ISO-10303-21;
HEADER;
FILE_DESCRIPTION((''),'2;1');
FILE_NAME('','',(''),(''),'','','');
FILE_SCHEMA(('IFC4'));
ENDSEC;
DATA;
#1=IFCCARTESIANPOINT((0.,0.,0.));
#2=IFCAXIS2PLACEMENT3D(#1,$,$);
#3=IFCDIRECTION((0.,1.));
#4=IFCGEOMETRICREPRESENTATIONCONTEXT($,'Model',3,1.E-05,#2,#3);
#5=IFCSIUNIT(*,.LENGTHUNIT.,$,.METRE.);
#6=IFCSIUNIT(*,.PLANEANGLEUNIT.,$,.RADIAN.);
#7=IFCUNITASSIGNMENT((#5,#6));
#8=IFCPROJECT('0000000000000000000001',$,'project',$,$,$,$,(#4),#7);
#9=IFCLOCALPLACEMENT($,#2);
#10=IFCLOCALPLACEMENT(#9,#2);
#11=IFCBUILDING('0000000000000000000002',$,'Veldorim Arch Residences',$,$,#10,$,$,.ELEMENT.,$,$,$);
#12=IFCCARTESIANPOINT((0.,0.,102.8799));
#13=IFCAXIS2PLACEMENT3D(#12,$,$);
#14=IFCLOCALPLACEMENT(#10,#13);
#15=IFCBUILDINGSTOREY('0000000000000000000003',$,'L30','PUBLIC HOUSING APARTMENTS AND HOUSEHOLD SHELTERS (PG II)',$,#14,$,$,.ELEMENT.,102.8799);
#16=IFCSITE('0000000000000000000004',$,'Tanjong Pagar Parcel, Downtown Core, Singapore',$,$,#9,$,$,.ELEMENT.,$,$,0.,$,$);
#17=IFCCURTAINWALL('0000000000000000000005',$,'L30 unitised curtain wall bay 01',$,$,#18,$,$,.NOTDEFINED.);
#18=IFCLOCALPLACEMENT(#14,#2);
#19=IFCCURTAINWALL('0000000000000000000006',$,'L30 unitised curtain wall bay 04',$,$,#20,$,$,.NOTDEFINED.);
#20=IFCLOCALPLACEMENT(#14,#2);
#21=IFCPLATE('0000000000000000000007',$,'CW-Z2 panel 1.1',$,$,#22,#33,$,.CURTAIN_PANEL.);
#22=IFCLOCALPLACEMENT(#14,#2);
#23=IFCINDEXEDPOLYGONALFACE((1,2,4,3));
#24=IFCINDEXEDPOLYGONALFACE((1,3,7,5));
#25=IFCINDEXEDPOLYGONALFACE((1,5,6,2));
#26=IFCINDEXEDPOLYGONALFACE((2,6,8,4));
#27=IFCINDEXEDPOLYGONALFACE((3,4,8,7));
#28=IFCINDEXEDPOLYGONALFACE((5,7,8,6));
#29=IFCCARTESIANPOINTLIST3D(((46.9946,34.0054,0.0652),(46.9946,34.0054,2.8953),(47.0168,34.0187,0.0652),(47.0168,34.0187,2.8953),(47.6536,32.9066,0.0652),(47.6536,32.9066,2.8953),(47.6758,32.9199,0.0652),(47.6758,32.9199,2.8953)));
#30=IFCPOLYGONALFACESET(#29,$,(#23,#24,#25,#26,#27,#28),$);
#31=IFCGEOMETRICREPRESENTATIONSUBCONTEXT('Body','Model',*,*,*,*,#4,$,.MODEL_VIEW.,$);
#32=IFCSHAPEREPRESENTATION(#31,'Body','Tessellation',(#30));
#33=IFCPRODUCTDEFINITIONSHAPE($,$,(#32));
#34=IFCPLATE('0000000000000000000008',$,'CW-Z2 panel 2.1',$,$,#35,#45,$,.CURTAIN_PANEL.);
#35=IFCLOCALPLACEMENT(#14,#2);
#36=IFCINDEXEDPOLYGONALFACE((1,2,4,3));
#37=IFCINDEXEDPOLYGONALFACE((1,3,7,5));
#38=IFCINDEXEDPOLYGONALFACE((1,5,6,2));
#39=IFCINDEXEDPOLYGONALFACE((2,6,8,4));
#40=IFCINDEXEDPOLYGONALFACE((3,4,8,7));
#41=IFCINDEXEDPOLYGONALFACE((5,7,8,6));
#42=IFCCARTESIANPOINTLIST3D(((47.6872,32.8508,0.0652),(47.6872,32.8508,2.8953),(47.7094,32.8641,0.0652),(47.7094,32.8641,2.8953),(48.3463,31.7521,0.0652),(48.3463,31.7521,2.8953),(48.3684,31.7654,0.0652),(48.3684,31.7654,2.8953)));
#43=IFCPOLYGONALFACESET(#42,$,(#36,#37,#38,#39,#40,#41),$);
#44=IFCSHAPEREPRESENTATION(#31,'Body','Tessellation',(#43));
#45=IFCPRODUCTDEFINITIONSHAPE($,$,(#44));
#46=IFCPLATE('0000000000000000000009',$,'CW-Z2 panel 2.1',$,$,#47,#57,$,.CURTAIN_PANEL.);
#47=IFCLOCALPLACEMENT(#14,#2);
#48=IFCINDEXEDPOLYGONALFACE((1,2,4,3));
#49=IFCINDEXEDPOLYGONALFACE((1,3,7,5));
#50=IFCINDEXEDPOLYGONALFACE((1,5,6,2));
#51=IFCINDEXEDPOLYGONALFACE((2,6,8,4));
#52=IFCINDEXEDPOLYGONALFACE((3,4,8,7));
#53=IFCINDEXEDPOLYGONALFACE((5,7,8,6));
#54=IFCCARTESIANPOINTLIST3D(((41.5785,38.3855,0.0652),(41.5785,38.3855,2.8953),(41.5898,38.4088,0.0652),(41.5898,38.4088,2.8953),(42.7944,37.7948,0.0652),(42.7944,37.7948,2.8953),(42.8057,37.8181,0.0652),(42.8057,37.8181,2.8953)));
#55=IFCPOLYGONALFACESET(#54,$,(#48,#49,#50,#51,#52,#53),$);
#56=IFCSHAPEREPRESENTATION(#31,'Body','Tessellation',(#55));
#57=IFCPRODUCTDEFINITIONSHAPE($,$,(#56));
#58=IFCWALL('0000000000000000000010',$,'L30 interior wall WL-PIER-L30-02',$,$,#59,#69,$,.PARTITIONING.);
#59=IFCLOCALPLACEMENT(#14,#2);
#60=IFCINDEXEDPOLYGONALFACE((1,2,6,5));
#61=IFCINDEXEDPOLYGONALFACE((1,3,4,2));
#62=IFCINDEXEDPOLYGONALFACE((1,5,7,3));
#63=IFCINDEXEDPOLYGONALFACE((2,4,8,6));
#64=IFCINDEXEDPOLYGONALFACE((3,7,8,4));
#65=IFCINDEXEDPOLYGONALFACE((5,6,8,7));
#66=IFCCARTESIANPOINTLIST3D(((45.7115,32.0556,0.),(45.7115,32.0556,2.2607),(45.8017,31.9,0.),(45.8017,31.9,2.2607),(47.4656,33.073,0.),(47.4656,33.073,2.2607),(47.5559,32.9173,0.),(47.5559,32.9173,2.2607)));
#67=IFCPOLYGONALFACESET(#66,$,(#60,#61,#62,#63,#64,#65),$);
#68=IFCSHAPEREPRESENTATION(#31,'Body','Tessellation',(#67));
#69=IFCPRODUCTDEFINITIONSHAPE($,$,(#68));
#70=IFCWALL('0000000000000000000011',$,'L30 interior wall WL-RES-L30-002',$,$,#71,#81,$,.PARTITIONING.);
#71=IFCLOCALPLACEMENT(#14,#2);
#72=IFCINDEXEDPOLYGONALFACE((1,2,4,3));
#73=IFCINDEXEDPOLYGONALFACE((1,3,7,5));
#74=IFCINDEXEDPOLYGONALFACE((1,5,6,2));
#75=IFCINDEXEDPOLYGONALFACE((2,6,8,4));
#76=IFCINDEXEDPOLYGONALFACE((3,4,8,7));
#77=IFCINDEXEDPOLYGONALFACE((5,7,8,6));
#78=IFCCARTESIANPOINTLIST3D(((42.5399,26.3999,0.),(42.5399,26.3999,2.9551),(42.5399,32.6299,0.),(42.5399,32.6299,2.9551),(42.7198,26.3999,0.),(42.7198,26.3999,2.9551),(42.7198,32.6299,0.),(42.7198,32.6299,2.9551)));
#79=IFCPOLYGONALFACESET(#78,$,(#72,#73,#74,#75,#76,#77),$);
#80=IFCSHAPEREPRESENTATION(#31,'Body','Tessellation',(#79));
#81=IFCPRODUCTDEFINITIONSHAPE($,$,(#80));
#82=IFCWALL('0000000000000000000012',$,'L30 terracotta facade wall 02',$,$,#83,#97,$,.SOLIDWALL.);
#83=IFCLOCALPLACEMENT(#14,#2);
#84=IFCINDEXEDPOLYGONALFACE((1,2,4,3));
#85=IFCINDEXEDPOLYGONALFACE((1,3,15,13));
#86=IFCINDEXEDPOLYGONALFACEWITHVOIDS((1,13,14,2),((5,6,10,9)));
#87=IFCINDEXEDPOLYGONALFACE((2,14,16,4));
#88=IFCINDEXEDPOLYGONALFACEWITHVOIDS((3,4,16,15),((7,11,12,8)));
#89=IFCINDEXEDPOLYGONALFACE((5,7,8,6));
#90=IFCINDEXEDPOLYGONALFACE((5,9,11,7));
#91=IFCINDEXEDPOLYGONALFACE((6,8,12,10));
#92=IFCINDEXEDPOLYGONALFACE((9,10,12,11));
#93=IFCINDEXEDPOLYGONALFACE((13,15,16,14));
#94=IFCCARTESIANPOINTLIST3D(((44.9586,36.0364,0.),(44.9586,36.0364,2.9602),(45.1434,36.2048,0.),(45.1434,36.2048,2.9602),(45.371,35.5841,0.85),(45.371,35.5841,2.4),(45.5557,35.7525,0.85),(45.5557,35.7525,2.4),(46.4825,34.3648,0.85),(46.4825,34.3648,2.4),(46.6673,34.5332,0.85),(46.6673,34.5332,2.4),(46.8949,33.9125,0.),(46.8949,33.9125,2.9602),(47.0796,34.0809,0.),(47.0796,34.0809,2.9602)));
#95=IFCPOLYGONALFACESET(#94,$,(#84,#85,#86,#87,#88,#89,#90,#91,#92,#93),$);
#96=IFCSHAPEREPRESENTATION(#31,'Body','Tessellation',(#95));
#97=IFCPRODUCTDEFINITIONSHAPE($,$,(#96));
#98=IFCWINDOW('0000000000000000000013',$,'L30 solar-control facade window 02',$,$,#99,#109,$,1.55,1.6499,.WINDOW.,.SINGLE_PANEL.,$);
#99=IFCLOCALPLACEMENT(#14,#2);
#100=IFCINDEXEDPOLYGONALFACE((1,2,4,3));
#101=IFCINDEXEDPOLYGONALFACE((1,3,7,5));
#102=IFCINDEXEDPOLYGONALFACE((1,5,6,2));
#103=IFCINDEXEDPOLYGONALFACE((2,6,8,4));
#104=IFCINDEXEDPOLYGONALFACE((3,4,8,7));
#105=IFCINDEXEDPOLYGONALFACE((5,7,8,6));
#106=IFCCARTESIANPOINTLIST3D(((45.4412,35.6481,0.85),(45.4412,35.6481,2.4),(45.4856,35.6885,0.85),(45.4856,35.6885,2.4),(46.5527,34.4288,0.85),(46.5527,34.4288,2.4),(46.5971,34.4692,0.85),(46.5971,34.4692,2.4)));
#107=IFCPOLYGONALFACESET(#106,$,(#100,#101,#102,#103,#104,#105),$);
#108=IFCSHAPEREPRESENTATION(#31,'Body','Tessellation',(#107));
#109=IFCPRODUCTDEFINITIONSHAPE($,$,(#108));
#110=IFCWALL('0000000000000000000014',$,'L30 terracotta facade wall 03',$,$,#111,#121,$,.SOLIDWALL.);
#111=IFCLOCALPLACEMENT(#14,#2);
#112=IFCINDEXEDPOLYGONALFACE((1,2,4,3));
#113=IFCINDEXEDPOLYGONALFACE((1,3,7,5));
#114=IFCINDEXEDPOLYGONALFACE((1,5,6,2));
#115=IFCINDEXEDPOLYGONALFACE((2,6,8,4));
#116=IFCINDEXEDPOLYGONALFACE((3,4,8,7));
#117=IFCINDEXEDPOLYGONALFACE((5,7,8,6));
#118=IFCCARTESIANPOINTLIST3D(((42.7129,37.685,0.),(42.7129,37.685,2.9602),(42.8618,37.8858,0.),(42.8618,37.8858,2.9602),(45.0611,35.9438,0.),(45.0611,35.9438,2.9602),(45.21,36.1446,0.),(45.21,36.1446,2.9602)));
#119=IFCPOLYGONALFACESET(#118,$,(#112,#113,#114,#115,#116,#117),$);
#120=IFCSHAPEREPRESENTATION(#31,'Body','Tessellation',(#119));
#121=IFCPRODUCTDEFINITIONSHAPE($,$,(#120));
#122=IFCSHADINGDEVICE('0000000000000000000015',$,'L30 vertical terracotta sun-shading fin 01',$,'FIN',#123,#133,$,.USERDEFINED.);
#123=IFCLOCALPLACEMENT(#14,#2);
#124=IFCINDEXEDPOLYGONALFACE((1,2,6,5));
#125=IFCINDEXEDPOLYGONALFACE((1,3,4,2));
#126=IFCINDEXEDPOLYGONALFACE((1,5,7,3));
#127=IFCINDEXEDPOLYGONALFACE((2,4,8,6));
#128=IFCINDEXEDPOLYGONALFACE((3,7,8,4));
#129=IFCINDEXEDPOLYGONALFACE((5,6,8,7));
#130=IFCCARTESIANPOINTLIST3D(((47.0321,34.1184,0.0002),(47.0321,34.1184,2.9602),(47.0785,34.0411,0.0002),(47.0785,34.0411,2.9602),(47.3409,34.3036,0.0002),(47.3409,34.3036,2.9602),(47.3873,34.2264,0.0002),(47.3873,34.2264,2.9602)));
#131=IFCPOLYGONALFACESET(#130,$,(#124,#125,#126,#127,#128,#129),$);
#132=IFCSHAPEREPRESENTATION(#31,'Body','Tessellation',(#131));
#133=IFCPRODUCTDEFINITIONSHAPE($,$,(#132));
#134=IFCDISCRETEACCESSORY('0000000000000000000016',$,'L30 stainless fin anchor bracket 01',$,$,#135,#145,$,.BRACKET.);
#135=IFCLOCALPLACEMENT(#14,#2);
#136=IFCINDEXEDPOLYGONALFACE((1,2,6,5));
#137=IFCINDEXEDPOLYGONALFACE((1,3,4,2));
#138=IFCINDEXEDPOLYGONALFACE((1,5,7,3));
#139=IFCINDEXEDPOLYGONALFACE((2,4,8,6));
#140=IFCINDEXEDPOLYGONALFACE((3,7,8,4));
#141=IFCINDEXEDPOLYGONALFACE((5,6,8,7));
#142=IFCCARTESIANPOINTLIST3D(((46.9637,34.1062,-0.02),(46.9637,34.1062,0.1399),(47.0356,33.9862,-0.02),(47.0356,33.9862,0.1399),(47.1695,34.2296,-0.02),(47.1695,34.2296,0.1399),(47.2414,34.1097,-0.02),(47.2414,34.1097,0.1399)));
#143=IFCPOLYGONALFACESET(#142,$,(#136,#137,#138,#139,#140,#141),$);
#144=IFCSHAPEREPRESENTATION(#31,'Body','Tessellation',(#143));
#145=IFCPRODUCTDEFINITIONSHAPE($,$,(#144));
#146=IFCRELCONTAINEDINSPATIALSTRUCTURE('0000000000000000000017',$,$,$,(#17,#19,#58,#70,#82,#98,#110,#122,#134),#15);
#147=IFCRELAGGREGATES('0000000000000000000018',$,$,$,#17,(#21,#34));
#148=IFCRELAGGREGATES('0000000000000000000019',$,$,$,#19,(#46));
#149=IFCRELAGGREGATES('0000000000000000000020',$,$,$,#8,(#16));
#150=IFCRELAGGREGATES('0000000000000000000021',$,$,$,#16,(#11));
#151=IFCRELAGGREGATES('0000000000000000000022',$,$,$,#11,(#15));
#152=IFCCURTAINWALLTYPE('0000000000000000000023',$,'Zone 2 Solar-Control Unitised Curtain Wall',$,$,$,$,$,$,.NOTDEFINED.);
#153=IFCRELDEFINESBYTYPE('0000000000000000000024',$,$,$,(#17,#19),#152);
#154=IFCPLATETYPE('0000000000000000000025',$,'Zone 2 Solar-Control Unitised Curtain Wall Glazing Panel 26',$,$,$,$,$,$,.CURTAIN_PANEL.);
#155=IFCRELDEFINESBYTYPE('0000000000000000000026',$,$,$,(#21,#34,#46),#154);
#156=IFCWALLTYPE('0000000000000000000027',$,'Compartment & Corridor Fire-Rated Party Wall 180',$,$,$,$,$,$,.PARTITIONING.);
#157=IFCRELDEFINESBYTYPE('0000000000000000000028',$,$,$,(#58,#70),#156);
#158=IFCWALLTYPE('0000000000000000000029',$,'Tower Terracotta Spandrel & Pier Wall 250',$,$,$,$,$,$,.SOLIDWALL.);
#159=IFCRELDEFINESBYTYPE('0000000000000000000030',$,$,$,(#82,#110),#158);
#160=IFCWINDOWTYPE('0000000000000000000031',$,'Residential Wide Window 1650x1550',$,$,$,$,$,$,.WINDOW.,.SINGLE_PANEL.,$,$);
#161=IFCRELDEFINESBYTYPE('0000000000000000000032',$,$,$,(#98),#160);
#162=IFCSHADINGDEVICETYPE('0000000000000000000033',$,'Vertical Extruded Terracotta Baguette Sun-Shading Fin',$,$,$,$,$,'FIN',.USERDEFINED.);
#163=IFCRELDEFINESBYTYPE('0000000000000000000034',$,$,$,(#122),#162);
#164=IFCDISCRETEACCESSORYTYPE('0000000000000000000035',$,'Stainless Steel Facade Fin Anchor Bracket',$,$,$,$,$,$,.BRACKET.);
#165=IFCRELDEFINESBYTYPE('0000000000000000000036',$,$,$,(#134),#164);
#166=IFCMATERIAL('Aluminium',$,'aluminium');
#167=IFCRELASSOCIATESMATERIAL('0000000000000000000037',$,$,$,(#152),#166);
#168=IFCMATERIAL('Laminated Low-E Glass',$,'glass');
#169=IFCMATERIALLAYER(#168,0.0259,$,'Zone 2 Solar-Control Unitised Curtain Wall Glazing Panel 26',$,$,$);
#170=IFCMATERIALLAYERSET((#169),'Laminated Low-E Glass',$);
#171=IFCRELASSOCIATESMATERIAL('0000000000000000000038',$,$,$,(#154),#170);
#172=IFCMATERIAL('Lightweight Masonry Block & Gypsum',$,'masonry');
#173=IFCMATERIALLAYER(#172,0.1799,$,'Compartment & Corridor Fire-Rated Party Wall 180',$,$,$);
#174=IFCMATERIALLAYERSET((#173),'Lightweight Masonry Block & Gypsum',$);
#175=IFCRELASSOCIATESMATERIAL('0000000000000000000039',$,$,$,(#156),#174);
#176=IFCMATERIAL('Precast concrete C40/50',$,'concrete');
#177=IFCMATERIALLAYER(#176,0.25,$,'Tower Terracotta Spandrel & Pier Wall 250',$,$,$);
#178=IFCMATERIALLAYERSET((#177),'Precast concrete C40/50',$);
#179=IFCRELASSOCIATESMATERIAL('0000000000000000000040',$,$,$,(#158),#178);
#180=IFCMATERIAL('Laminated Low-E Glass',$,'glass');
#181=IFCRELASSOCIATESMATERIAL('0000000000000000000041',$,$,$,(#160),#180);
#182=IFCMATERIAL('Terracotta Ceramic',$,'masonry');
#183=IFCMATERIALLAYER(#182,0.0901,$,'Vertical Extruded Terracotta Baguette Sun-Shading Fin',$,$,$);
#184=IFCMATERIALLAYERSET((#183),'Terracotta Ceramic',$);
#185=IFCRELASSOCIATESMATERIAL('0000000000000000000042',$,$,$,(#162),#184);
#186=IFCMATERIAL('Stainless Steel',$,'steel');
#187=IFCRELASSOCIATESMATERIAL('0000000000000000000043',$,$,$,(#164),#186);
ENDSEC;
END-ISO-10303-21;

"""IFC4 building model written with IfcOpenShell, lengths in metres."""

from ifc_helpers import new_model, si_unit, direction, frame, frame_2d, origin, origin_2d, place, context, subcontext, project, spatial, rectangle, extrude, material, layer, layer_set, type_object, element, fill, aggregate, save


model = new_model("IFC4")

# Units and contexts
model_context = context("Model", 3, precision=1e-05, world=origin(), true_north=direction((0.0, 1.0)))
body_context = subcontext(model_context, "Body", "Model", "MODEL_VIEW")
ifc_project = project(units=[si_unit("LENGTHUNIT", "METRE"), si_unit("PLANEANGLEUNIT", "RADIAN")], contexts=[model_context])

# Site, building, storey
site_placement = place(None, origin())
site = spatial("IfcSite", under=ifc_project, at=site_placement, Name="Tanjong Pagar Parcel, Downtown Core, Singapore", CompositionType="ELEMENT", RefElevation=0.0)
building_placement = place(site_placement, origin())
building = spatial("IfcBuilding", under=site, at=building_placement, Name="Veldorim Arch Residences", CompositionType="ELEMENT")
storey_placement = place(building_placement, frame((0.0, 0.0, 102.8799)))
storey = spatial("IfcBuildingStorey", under=building, at=storey_placement, Name="L30", Description="PUBLIC HOUSING APARTMENTS AND HOUSEHOLD SHELTERS (PG II)", CompositionType="ELEMENT", Elevation=102.8799)

# Curtain walls
ifc_material_1 = material(Name="Aluminium", Category="aluminium")
curtain_wall_type = type_object("IfcCurtainWallType", Name="Zone 2 Solar-Control Unitised Curtain Wall", PredefinedType="NOTDEFINED", material=ifc_material_1)
curtain_wall_1_placement = place(storey_placement, origin())
curtain_wall_1 = element("IfcCurtainWall", 1, at=curtain_wall_1_placement, inside=storey, type_object=curtain_wall_type, Name="L30 unitised curtain wall bay 01", PredefinedType="NOTDEFINED")
curtain_wall_2_placement = place(storey_placement, origin())
curtain_wall_2 = element("IfcCurtainWall", 2, at=curtain_wall_2_placement, inside=storey, type_object=curtain_wall_type, Name="L30 unitised curtain wall bay 04", PredefinedType="NOTDEFINED")

# Plates
ifc_material_2 = material(Name="Laminated Low-E Glass", Category="glass")
ifc_layer_1 = layer(ifc_material_2, 0.0259, Name="Zone 2 Solar-Control Unitised Curtain Wall Glazing Panel 26")
ifc_layer_set_1 = layer_set([ifc_layer_1], Name="Laminated Low-E Glass")
plate_type = type_object("IfcPlateType", Name="Zone 2 Solar-Control Unitised Curtain Wall Glazing Panel 26", PredefinedType="CURTAIN_PANEL", material=ifc_layer_set_1)
plate_1_placement = place(storey_placement, frame((47.3352, 33.4626, 0.0652), z_axis=(0.0, 0.0, 1.0), x_axis=(0.514368, -0.85757, 0.0)))
plate_1 = element("IfcPlate", 3, at=plate_1_placement, type_object=plate_type, Name="CW-Z2 panel 1.1", PredefinedType="CURTAIN_PANEL", context=body_context, shape_type="SweptSolid", body=[
    extrude(rectangle(XDim=1.2812, YDim=0.0259, at=origin_2d()), origin(), (0.0, 0.0, 1.0), 2.8301),
])
plate_2_placement = place(storey_placement, frame((48.0278, 32.3081, 0.0652), z_axis=(0.0, 0.0, 1.0), x_axis=(0.514368, -0.85757, 0.0)))
plate_2 = element("IfcPlate", 4, at=plate_2_placement, type_object=plate_type, Name="CW-Z2 panel 2.1", PredefinedType="CURTAIN_PANEL", context=body_context, shape_type="SweptSolid", body=[
    extrude(rectangle(XDim=1.2812, YDim=0.0259, at=origin_2d()), origin(), (0.0, 0.0, 1.0), 2.8301),
])
aggregate(curtain_wall_1, [plate_1, plate_2])
plate_3_placement = place(storey_placement, frame((42.1921, 38.1018, 0.0652), z_axis=(0.0, 0.0, 1.0), x_axis=(0.899462, -0.437, 0.0)))
plate_3 = element("IfcPlate", 5, at=plate_3_placement, type_object=plate_type, Name="CW-Z2 panel 2.1", PredefinedType="CURTAIN_PANEL", context=body_context, shape_type="SweptSolid", body=[
    extrude(rectangle(XDim=1.3518, YDim=0.0259, at=origin_2d()), origin(), (0.0, 0.0, 1.0), 2.8301),
])
aggregate(curtain_wall_2, [plate_3])

# Walls
ifc_material_3 = material(Name="Lightweight Masonry Block & Gypsum", Category="masonry")
ifc_layer_2 = layer(ifc_material_3, 0.1799, Name="Compartment & Corridor Fire-Rated Party Wall 180")
ifc_layer_set_2 = layer_set([ifc_layer_2], Name="Lightweight Masonry Block & Gypsum")
wall_type_1 = type_object("IfcWallType", Name="Compartment & Corridor Fire-Rated Party Wall 180", PredefinedType="PARTITIONING", material=ifc_layer_set_2)
wall_1_placement = place(storey_placement, frame((45.7566, 31.9778, 0.0), z_axis=(0.0, 0.0, 1.0), x_axis=(0.865047, 0.501691, 0.0)))
element("IfcWall", 6, at=wall_1_placement, inside=storey, type_object=wall_type_1, Name="L30 interior wall WL-PIER-L30-02", PredefinedType="PARTITIONING", context=body_context, shape_type="SweptSolid", body=[
    extrude(rectangle(XDim=2.0278, YDim=0.1799, at=frame_2d((1.0139, 0.0))), origin(), (0.0, 0.0, 1.0), 2.2607),
])
wall_2_placement = place(storey_placement, frame((42.6299, 32.6299, 0.0), z_axis=(0.0, 0.0, 1.0), x_axis=(0.0, -1.0, 0.0)))
element("IfcWall", 7, at=wall_2_placement, inside=storey, type_object=wall_type_1, Name="L30 interior wall WL-RES-L30-002", PredefinedType="PARTITIONING", context=body_context, shape_type="SweptSolid", body=[
    extrude(rectangle(XDim=6.23, YDim=0.1799, at=frame_2d((3.115, 0.0))), origin(), (0.0, 0.0, 1.0), 2.9551),
])

# Wall, opening, window
ifc_material_4 = material(Name="Precast concrete C40/50", Category="concrete")
ifc_layer_3 = layer(ifc_material_4, 0.25, Name="Tower Terracotta Spandrel & Pier Wall 250")
ifc_layer_set_3 = layer_set([ifc_layer_3], Name="Precast concrete C40/50")
wall_type_2 = type_object("IfcWallType", Name="Tower Terracotta Spandrel & Pier Wall 250", PredefinedType="SOLIDWALL", material=ifc_layer_set_3)
wall_3_placement = place(storey_placement, frame((45.051, 36.1206, 0.0), z_axis=(0.0, 0.0, 1.0), x_axis=(0.673691, -0.739013, 0.0)))
wall_3 = element("IfcWall", 8, at=wall_3_placement, inside=storey, type_object=wall_type_2, Name="L30 terracotta facade wall 02", PredefinedType="SOLIDWALL", context=body_context, shape_type="SweptSolid", body=[
    extrude(rectangle(XDim=2.874, YDim=0.25, at=frame_2d((1.437, 0.0))), origin(), (0.0, 0.0, 1.0), 2.9602),
])
opening_placement = place(wall_3_placement, frame((0.6121, 0.0, 0.8501)))
opening = element("IfcOpeningElement", 9, at=opening_placement, cuts=wall_3, PredefinedType="OPENING", context=body_context, shape_type="SweptSolid", body=[
    extrude(rectangle(XDim=1.6499, YDim=1.55, at=frame_2d((0.825, 0.7749))), frame((0.0, 0.135, 0.0), z_axis=(0.0, -1.0, 0.0), x_axis=(1.0, 0.0, 0.0)), (0.0, 0.0, 1.0), 0.27),
])
ifc_material_5 = material(Name="Laminated Low-E Glass", Category="glass")
window_type = type_object("IfcWindowType", Name="Residential Wide Window 1650x1550", PartitioningType="SINGLE_PANEL", PredefinedType="WINDOW", material=ifc_material_5)
window_placement = place(opening_placement, origin())
window = element("IfcWindow", 10, at=window_placement, inside=storey, type_object=window_type, Name="L30 solar-control facade window 02", OverallHeight=1.55, OverallWidth=1.6499, PartitioningType="SINGLE_PANEL", PredefinedType="WINDOW", context=body_context, shape_type="SweptSolid", body=[
    extrude(rectangle(XDim=1.6499, YDim=1.55, at=frame_2d((0.825, 0.7749))), frame((0.0, 0.03, 0.0), z_axis=(0.0, -1.0, 0.0), x_axis=(1.0, 0.0, 0.0)), (0.0, 0.0, 1.0), 0.0601),
])
fill(opening, window)

# Wall
wall_4_placement = place(storey_placement, frame((42.7874, 37.7854, 0.0), z_axis=(0.0, 0.0, 1.0), x_axis=(0.803255, -0.595635, 0.0)))
element("IfcWall", 11, at=wall_4_placement, inside=storey, type_object=wall_type_2, Name="L30 terracotta facade wall 03", PredefinedType="SOLIDWALL", context=body_context, shape_type="SweptSolid", body=[
    extrude(rectangle(XDim=2.9233, YDim=0.25, at=frame_2d((1.4617, 0.0))), origin(), (0.0, 0.0, 1.0), 2.9602),
])

# Shading device
ifc_material_6 = material(Name="Terracotta Ceramic", Category="masonry")
ifc_layer_4 = layer(ifc_material_6, 0.0901, Name="Vertical Extruded Terracotta Baguette Sun-Shading Fin")
ifc_layer_set_4 = layer_set([ifc_layer_4], Name="Terracotta Ceramic")
shading_device_type = type_object("IfcShadingDeviceType", Name="Vertical Extruded Terracotta Baguette Sun-Shading Fin", ElementType="FIN", PredefinedType="USERDEFINED", material=ifc_layer_set_4)
shading_device_placement = place(storey_placement, frame((47.2097, 34.1724, 0.0002), z_axis=(0.0, 0.0, 1.0), x_axis=(0.51444, -0.857527, 0.0)))
element("IfcShadingDevice", 12, at=shading_device_placement, inside=storey, type_object=shading_device_type, Name="L30 vertical terracotta sun-shading fin 01", ObjectType="FIN", PredefinedType="USERDEFINED", context=body_context, shape_type="SweptSolid", body=[
    extrude(rectangle(XDim=0.0901, YDim=0.3601, at=origin_2d()), origin(), (0.0, 0.0, 1.0), 2.96),
])

# Discrete accessory
ifc_material_7 = material(Name="Stainless Steel", Category="steel")
discrete_accessory_type = type_object("IfcDiscreteAccessoryType", Name="Stainless Steel Facade Fin Anchor Bracket", PredefinedType="BRACKET", material=ifc_material_7)
discrete_accessory_placement = place(storey_placement, frame((47.1025, 34.1079, -0.02), z_axis=(0.0, 0.0, 1.0), x_axis=(0.51444, -0.857527, 0.0)))
element("IfcDiscreteAccessory", 13, at=discrete_accessory_placement, inside=storey, type_object=discrete_accessory_type, Name="L30 stainless fin anchor bracket 01", PredefinedType="BRACKET", context=body_context, shape_type="SweptSolid", body=[
    extrude(rectangle(XDim=0.1399, YDim=0.24, at=origin_2d()), origin(), (0.0, 0.0, 1.0), 0.1599),
])

save(model, "model.ifc")
